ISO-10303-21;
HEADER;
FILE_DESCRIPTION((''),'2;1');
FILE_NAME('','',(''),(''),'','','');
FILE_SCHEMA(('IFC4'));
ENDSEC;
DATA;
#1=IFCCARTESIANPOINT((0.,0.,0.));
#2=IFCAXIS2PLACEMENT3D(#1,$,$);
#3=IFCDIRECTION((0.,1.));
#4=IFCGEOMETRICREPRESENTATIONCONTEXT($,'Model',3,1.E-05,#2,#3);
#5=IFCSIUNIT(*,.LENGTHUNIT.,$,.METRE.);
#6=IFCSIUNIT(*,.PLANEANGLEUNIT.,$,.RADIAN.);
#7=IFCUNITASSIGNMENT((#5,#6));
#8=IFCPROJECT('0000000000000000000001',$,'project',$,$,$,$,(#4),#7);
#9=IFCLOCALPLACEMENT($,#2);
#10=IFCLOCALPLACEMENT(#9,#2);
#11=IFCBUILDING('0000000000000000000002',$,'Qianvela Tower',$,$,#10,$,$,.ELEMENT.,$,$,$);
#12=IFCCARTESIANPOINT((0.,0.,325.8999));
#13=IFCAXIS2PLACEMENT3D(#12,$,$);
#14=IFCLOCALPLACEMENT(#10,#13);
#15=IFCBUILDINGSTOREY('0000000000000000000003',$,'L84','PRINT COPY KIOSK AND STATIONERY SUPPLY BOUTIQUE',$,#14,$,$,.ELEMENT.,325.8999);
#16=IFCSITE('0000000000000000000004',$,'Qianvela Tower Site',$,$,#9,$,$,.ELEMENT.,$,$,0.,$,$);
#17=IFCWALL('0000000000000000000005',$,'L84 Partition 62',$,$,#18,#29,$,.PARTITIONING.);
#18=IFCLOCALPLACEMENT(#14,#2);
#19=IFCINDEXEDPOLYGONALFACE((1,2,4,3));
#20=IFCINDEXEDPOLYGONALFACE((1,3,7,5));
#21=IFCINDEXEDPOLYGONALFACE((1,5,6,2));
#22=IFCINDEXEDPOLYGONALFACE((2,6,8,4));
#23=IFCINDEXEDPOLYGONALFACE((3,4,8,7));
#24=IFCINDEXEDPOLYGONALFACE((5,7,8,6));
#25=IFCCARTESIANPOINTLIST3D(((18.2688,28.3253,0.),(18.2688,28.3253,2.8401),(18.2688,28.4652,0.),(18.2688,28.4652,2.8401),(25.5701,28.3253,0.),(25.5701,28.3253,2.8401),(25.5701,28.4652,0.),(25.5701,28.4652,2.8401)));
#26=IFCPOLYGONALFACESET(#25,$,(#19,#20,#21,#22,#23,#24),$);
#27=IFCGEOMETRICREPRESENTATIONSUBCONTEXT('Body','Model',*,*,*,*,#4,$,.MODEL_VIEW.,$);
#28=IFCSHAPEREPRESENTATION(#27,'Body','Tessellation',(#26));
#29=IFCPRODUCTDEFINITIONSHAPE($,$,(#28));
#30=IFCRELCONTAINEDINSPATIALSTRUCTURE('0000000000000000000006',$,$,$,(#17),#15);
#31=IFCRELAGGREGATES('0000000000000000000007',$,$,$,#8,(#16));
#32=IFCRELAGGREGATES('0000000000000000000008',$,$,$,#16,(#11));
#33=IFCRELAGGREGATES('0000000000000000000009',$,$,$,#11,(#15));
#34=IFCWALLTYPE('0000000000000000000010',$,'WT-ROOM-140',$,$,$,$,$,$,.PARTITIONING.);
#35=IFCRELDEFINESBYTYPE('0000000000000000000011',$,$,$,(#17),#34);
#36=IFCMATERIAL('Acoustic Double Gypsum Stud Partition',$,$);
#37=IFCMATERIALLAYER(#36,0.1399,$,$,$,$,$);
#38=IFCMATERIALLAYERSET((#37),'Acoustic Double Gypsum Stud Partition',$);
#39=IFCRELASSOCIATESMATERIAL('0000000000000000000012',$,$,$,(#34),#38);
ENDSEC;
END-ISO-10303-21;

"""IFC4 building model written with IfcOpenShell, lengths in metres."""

from ifc_helpers import new_model, si_unit, direction, frame, frame_2d, origin, place, context, subcontext, project, spatial, rectangle, extrude, material, layer, layer_set, type_object, element, save


model = new_model("IFC4")

# Units and contexts
model_context = context("Model", 3, precision=1e-05, world=origin(), true_north=direction((0.0, 1.0)))
body_context = subcontext(model_context, "Body", "Model", "MODEL_VIEW")
ifc_project = project(units=[si_unit("LENGTHUNIT", "METRE"), si_unit("PLANEANGLEUNIT", "RADIAN")], contexts=[model_context])

# Site, building, storey
site_placement = place(None, origin())
site = spatial("IfcSite", under=ifc_project, at=site_placement, Name="Qianvela Tower Site", CompositionType="ELEMENT", RefElevation=0.0)
building_placement = place(site_placement, origin())
building = spatial("IfcBuilding", under=site, at=building_placement, Name="Qianvela Tower", CompositionType="ELEMENT")
storey_placement = place(building_placement, frame((0.0, 0.0, 325.8999)))
storey = spatial("IfcBuildingStorey", under=building, at=storey_placement, Name="L84", Description="PRINT COPY KIOSK AND STATIONERY SUPPLY BOUTIQUE", CompositionType="ELEMENT", Elevation=325.8999)

# Wall
ifc_material_1 = material(Name="Acoustic Double Gypsum Stud Partition")
ifc_layer_1 = layer(ifc_material_1, 0.1399)
ifc_layer_set_1 = layer_set([ifc_layer_1], Name="Acoustic Double Gypsum Stud Partition")
wall_type_1 = type_object("IfcWallType", Name="WT-ROOM-140", PredefinedType="PARTITIONING", material=ifc_layer_set_1)
wall_1_placement = place(storey_placement, frame((18.2688, 28.3953, 0.0), z_axis=(0.0, 0.0, 1.0), x_axis=(1.0, 0.0, 0.0)))
element("IfcWall", 1, at=wall_1_placement, inside=storey, type_object=wall_type_1, Name="L84 Partition 62", PredefinedType="PARTITIONING", context=body_context, shape_type="SweptSolid", body=[
    extrude(rectangle(XDim=7.3013, YDim=0.1399, at=frame_2d((3.6506, 0.0))), origin(), (0.0, 0.0, 1.0), 2.8401),
])

save(model, "model.ifc")
